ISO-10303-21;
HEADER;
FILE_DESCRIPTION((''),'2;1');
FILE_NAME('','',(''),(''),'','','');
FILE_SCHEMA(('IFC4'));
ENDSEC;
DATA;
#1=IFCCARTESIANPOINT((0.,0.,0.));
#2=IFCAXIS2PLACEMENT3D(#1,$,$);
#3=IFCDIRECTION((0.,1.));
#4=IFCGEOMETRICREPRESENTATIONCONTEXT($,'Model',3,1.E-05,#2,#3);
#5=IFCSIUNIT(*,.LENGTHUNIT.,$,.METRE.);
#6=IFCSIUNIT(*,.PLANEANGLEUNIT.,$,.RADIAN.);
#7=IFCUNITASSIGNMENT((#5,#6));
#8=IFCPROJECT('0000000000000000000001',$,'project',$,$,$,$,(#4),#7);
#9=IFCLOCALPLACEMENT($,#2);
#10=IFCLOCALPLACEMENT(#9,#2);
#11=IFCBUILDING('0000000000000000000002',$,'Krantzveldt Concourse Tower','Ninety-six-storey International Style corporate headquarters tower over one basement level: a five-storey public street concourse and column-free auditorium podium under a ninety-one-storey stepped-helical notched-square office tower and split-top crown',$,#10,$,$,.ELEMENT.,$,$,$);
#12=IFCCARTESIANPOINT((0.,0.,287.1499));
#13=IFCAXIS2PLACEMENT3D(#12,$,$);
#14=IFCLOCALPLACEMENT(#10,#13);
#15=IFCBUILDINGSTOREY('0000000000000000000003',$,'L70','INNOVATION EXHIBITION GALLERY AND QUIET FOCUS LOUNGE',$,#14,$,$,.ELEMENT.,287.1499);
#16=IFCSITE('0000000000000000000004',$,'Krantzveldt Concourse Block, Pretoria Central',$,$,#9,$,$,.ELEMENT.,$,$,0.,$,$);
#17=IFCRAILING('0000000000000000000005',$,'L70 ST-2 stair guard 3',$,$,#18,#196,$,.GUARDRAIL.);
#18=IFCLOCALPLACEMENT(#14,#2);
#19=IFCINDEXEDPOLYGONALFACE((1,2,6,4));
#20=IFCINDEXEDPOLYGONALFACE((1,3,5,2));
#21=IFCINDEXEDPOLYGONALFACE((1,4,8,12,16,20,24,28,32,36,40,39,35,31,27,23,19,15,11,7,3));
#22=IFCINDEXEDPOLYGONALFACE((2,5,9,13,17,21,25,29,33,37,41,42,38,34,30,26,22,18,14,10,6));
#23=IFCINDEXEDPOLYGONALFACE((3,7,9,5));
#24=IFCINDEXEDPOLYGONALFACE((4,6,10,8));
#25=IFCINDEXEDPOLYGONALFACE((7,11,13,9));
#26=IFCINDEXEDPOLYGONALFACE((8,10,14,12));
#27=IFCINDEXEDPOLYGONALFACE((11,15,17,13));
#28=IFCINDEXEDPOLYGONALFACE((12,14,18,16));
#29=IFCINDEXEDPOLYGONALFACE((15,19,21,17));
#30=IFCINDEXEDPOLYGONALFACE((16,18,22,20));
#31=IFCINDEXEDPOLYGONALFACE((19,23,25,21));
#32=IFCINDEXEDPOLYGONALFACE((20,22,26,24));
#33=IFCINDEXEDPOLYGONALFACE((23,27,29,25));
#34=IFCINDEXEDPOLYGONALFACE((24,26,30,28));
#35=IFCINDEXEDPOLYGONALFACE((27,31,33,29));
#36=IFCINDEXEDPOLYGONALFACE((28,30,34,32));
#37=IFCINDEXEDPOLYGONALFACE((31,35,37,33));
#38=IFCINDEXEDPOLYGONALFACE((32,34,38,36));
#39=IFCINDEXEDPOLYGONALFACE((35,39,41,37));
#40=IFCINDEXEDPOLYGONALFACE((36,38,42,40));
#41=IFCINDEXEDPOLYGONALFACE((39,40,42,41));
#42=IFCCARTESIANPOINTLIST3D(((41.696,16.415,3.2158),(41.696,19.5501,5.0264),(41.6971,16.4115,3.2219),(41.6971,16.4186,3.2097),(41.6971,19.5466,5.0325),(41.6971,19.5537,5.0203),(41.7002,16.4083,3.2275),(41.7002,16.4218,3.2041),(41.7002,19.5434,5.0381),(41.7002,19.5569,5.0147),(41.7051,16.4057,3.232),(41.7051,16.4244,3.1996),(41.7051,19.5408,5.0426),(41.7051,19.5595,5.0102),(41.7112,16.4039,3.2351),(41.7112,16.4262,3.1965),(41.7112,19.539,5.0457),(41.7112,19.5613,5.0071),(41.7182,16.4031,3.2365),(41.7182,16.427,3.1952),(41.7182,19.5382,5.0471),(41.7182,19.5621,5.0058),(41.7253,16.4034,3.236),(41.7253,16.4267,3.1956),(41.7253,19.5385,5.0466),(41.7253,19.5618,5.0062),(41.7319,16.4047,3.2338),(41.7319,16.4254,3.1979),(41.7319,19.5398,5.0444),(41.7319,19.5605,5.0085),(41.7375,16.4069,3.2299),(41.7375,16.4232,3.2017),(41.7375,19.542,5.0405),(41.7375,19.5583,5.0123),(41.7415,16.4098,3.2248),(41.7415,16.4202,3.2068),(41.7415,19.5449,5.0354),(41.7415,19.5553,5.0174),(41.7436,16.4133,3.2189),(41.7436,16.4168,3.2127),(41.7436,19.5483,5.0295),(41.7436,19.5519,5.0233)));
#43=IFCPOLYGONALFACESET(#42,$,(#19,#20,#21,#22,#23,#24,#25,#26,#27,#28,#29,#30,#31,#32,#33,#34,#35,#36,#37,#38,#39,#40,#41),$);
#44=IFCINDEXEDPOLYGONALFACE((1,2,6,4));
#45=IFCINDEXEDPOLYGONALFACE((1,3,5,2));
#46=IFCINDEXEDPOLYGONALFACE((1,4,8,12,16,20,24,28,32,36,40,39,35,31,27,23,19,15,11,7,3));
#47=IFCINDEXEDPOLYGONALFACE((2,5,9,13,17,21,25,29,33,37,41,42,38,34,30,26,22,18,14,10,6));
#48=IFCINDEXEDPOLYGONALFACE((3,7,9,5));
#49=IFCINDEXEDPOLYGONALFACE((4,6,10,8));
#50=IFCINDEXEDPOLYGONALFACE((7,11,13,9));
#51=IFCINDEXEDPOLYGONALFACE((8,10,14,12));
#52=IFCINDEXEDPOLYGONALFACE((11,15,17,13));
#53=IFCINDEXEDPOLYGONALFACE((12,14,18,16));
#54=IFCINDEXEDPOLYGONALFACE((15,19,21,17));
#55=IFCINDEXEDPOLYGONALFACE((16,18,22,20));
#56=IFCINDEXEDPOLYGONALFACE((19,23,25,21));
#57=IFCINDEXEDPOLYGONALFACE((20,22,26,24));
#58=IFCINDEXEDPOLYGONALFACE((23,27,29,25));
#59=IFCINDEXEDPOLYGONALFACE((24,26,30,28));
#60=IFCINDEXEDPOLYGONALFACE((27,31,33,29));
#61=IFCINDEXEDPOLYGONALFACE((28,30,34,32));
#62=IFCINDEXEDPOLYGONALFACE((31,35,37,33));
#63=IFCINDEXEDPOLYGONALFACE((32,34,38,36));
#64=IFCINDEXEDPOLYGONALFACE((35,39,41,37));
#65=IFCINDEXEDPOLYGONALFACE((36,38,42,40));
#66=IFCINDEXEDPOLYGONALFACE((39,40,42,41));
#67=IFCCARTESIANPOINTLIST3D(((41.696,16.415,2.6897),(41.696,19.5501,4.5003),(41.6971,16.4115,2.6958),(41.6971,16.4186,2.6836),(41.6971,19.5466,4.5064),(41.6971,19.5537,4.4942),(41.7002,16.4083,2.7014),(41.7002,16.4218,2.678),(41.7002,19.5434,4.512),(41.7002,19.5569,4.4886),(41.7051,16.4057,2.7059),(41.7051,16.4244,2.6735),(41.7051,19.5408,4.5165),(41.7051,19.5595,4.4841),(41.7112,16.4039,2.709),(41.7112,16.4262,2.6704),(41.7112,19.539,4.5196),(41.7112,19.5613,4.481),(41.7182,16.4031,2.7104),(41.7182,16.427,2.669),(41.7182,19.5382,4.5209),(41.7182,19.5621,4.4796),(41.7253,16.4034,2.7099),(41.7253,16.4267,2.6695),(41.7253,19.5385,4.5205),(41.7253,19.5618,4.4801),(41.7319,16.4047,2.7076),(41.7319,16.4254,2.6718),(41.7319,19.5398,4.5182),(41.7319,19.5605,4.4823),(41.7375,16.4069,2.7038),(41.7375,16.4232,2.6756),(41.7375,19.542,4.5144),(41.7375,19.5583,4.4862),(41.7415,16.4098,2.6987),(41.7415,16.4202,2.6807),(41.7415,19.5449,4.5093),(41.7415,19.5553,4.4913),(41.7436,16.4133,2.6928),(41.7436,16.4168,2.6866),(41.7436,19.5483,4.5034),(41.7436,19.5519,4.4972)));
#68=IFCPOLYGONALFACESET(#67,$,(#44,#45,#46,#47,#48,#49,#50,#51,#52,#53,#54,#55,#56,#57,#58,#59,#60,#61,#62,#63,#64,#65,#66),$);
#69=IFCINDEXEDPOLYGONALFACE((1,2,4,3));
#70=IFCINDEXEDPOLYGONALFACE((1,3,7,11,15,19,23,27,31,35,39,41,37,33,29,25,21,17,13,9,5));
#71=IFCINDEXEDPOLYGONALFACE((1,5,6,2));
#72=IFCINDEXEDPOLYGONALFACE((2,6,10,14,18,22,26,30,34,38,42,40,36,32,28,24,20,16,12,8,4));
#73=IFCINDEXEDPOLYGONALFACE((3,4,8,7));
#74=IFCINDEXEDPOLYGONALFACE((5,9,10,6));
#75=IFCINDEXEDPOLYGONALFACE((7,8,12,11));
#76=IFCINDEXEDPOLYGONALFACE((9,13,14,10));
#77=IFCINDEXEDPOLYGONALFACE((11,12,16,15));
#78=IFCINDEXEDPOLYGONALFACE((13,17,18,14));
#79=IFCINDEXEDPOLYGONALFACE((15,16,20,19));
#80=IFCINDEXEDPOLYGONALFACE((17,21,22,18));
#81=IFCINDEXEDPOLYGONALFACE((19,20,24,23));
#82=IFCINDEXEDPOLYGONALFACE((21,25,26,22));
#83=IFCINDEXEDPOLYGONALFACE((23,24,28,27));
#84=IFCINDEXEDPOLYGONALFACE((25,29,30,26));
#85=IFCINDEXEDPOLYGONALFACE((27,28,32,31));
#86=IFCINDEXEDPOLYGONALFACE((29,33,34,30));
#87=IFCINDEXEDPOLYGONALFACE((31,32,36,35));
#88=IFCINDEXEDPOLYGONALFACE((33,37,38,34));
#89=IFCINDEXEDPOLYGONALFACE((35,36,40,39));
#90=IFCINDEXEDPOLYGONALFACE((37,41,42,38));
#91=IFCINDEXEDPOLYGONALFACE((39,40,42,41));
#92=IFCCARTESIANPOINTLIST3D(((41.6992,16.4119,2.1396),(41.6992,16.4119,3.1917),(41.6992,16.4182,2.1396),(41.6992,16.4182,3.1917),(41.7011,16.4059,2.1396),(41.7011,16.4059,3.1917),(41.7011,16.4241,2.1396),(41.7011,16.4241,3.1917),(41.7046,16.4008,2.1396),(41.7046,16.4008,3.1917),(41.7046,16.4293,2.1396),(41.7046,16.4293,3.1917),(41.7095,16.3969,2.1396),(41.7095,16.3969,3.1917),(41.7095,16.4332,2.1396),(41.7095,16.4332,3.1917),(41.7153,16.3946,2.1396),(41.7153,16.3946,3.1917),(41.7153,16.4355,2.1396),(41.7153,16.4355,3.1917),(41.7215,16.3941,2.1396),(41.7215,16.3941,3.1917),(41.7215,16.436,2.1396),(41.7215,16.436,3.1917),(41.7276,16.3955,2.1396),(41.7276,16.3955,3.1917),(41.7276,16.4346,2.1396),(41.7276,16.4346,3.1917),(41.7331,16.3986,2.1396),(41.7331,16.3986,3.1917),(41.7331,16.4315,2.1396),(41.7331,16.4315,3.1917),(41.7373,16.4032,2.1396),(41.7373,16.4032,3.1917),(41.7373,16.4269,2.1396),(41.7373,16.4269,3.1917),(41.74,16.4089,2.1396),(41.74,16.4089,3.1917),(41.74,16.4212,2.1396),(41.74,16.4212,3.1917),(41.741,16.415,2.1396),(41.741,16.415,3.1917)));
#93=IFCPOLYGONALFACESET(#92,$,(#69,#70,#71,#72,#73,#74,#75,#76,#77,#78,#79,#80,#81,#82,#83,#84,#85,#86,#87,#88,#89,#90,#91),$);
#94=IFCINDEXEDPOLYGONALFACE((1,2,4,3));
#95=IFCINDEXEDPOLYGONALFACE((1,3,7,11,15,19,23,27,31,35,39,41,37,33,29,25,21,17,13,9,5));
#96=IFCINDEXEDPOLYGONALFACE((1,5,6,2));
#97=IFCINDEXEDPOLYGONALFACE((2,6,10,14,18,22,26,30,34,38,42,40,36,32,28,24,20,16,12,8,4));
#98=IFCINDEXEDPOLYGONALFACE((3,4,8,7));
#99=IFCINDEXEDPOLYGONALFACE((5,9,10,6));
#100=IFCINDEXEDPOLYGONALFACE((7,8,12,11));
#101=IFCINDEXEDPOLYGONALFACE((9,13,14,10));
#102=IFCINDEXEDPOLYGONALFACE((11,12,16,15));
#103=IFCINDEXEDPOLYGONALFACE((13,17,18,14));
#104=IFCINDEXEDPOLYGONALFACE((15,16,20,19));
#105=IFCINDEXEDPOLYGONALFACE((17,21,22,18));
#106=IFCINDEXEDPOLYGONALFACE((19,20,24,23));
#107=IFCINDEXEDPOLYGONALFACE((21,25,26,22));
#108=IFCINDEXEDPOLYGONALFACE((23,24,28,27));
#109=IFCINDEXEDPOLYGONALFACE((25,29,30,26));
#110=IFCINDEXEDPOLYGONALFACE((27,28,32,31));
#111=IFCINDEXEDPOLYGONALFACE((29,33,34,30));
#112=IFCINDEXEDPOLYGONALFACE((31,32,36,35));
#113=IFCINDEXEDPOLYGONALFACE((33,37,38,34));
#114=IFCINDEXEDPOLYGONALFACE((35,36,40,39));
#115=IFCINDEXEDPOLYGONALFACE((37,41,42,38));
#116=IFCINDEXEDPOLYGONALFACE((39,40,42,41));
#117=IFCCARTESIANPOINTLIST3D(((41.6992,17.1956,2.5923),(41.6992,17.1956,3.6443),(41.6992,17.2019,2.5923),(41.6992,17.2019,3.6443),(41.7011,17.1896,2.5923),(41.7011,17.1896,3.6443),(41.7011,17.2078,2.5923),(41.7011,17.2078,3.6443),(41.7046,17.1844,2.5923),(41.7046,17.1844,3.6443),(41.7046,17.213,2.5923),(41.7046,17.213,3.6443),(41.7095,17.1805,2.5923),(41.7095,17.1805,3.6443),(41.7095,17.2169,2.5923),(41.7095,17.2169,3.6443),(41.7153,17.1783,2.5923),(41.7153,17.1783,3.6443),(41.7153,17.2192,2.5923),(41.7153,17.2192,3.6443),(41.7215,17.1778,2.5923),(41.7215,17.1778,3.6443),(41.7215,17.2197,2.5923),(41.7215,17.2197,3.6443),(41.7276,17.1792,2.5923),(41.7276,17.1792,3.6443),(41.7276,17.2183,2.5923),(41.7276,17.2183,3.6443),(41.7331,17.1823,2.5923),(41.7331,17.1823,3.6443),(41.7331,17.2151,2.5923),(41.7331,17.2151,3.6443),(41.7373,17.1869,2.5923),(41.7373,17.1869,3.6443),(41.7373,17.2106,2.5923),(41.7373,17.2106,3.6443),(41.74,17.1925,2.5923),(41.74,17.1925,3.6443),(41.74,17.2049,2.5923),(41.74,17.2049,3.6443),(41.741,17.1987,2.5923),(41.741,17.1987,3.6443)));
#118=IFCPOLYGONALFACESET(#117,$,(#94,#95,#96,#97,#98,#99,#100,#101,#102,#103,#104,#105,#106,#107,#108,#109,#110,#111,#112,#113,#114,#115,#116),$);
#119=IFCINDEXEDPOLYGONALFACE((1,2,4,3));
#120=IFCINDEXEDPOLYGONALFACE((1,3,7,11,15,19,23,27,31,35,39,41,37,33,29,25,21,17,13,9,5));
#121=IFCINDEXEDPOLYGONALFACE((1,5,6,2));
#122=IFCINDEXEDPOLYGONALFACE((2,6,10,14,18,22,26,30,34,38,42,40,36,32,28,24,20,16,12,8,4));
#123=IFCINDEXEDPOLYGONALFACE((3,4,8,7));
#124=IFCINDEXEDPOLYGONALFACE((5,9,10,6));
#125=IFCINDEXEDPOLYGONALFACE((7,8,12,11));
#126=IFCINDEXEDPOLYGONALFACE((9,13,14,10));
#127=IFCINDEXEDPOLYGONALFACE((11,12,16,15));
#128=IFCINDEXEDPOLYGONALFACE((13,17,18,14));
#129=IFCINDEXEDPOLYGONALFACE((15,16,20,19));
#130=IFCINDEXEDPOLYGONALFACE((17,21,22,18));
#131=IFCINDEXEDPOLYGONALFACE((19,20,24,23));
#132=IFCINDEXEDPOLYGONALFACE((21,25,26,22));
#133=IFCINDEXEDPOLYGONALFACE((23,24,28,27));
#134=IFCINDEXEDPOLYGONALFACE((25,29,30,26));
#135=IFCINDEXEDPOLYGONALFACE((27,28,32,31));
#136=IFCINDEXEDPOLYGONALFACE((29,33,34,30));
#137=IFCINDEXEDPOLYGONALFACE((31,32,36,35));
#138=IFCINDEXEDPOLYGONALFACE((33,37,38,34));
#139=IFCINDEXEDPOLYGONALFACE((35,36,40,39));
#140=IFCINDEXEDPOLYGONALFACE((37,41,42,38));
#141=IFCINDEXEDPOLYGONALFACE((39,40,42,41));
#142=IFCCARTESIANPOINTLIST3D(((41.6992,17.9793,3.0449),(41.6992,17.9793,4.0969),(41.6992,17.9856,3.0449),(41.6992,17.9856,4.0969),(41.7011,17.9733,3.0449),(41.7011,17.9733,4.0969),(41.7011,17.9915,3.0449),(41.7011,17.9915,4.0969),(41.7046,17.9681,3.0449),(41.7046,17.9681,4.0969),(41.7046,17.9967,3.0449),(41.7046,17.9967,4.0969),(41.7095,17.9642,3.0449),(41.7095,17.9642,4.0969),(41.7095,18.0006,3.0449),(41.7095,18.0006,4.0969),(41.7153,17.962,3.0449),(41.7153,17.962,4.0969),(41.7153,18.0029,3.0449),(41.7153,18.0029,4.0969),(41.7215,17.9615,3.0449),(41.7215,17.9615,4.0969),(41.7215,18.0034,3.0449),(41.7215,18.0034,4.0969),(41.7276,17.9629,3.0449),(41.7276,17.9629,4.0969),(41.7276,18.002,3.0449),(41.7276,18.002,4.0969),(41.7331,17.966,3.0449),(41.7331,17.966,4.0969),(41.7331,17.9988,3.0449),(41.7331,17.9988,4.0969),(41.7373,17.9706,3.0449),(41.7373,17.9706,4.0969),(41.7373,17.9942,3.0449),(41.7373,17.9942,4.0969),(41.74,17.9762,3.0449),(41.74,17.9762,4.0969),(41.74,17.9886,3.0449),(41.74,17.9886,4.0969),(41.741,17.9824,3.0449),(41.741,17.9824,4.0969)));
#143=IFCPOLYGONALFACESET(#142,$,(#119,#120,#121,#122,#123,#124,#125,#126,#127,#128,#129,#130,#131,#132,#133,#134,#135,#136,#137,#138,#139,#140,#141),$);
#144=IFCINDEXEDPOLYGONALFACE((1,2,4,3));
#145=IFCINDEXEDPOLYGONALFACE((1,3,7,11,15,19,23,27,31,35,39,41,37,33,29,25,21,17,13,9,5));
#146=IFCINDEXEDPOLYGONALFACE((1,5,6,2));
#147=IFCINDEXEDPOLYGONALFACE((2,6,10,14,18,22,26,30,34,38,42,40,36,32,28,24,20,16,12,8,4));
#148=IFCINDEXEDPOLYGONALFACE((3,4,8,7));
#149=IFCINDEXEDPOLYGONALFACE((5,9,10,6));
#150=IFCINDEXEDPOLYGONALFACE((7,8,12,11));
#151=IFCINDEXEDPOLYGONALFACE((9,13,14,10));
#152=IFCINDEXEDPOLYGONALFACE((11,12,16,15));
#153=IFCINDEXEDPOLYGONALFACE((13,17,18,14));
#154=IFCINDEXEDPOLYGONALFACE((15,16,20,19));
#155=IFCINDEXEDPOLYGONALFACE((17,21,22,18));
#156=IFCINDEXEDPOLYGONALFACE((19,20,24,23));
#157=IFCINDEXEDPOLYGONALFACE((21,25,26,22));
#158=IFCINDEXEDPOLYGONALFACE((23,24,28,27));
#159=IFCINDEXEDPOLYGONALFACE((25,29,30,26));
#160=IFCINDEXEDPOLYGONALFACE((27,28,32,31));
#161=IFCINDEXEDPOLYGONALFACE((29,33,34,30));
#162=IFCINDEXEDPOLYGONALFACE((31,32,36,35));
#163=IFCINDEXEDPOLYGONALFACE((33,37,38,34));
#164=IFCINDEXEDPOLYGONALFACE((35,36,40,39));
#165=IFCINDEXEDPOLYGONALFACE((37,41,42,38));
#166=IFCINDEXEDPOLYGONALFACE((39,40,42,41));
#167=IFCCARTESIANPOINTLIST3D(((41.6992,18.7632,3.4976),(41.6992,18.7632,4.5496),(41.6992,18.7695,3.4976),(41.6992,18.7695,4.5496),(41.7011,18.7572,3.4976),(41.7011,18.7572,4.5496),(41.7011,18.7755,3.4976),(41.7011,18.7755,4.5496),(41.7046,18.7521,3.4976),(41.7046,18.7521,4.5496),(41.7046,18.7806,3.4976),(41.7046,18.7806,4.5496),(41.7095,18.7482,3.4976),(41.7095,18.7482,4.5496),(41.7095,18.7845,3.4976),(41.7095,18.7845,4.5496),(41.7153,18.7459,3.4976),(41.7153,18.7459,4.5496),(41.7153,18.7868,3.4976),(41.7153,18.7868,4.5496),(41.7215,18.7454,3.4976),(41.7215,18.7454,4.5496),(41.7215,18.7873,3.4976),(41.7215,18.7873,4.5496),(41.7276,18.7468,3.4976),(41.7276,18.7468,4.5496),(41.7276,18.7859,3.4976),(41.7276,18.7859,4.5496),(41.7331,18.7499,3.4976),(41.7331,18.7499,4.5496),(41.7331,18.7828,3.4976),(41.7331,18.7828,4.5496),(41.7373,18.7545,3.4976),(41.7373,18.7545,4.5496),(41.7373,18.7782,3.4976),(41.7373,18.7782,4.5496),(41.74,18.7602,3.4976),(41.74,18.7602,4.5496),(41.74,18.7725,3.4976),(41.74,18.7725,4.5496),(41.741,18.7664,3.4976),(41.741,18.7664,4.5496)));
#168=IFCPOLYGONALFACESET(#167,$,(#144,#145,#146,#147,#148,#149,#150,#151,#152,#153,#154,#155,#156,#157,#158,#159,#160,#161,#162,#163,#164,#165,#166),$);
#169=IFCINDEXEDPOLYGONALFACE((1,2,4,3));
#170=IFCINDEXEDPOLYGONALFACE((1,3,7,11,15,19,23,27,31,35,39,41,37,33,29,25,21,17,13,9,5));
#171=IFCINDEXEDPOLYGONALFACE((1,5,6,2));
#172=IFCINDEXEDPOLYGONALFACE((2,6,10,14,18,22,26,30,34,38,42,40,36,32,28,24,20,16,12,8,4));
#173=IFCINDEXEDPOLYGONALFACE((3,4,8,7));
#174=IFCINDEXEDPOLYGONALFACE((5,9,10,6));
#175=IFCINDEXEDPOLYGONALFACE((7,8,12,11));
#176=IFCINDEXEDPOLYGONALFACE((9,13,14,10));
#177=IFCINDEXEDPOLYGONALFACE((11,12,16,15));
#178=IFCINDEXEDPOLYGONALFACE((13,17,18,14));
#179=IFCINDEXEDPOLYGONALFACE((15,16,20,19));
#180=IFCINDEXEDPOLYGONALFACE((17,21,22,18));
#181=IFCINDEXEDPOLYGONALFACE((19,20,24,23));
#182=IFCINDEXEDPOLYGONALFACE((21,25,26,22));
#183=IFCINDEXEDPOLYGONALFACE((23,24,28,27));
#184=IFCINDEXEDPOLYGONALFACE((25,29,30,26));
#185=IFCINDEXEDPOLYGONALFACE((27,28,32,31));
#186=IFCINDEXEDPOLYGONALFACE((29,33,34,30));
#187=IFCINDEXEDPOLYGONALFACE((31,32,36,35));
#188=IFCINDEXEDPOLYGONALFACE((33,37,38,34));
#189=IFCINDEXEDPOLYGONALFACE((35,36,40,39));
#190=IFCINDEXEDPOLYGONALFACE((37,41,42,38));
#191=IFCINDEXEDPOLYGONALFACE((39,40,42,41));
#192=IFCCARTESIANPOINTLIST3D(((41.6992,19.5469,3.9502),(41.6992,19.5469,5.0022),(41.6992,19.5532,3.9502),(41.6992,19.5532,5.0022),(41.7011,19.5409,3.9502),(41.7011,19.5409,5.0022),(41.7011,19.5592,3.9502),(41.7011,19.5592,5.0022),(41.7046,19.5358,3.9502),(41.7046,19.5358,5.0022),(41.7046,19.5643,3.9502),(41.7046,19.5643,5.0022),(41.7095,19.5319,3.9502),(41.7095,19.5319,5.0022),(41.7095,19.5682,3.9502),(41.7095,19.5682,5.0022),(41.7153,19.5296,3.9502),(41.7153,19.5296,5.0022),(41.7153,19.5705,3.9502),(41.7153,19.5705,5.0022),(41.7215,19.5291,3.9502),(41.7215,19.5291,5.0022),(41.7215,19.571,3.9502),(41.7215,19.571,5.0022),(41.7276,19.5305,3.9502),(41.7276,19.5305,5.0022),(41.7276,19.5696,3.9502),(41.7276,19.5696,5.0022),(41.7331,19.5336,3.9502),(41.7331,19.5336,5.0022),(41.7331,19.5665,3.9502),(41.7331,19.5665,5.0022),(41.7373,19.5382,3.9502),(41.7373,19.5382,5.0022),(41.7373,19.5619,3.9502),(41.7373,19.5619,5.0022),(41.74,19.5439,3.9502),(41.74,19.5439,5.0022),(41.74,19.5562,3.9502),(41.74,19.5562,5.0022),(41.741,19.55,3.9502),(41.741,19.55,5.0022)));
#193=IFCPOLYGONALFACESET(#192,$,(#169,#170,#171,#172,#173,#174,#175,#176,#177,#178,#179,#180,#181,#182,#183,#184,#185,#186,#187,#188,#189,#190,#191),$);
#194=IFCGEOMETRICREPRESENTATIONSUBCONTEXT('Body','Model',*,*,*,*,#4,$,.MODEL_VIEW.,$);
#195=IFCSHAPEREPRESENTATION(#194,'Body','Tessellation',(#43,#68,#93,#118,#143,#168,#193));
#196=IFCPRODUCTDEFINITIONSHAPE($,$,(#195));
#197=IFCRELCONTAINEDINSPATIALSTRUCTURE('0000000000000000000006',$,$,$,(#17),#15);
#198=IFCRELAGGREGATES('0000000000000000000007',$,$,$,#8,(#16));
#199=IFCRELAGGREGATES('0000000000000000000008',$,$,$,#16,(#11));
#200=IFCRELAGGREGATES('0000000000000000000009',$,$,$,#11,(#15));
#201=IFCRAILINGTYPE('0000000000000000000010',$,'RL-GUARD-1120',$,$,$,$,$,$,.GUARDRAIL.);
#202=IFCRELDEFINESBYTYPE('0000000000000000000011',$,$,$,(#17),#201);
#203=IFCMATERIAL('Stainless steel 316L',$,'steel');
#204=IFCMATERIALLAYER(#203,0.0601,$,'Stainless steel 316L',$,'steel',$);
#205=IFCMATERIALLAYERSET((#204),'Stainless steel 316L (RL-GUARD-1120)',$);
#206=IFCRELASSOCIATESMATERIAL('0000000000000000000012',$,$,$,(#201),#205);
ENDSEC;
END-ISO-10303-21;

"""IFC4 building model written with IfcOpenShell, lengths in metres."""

from ifc_helpers import new_model, si_unit, direction, frame, origin, origin_2d, place, context, subcontext, project, spatial, circle, extrude, material, layer, layer_set, type_object, element, save


model = new_model("IFC4")

# Units and contexts
model_context = context("Model", 3, precision=1e-05, world=origin(), true_north=direction((0.0, 1.0)))
body_context = subcontext(model_context, "Body", "Model", "MODEL_VIEW")
ifc_project = project(units=[si_unit("LENGTHUNIT", "METRE"), si_unit("PLANEANGLEUNIT", "RADIAN")], contexts=[model_context])

# Site, building, storey
site_placement = place(None, origin())
site = spatial("IfcSite", under=ifc_project, at=site_placement, Name="Krantzveldt Concourse Block, Pretoria Central", CompositionType="ELEMENT", RefElevation=0.0)
building_placement = place(site_placement, origin())
building = spatial("IfcBuilding", under=site, at=building_placement, Name="Krantzveldt Concourse Tower", Description="Ninety-six-storey International Style corporate headquarters tower over one basement level: a five-storey public street concourse and column-free auditorium podium under a ninety-one-storey stepped-helical notched-square office tower and split-top crown", CompositionType="ELEMENT")
storey_placement = place(building_placement, frame((0.0, 0.0, 287.1499)))
storey = spatial("IfcBuildingStorey", under=building, at=storey_placement, Name="L70", Description="INNOVATION EXHIBITION GALLERY AND QUIET FOCUS LOUNGE", CompositionType="ELEMENT", Elevation=287.1499)

# Railing
ifc_material_1 = material(Name="Stainless steel 316L", Category="steel")
ifc_layer_1 = layer(ifc_material_1, 0.0601, Name="Stainless steel 316L", Category="steel")
ifc_layer_set_1 = layer_set([ifc_layer_1], Name="Stainless steel 316L (RL-GUARD-1120)")
railing_type_1 = type_object("IfcRailingType", Name="RL-GUARD-1120", PredefinedType="GUARDRAIL", material=ifc_layer_set_1)
railing_1_placement = place(storey_placement, frame((41.72, 16.415, 2.1396)))
element("IfcRailing", 1, at=railing_1_placement, inside=storey, type_object=railing_type_1, Name="L70 ST-2 stair guard 3", PredefinedType="GUARDRAIL", context=body_context, shape_type="SweptSolid", body=[
    extrude(circle(Radius=0.0239, at=origin_2d()), frame((0.0, 0.0, 1.0762), z_axis=(0.0, 0.86596, 0.500114), x_axis=(-1.0, 0.0, 0.0)), (0.0, 0.0, 1.0), 3.6204),
    extrude(circle(Radius=0.0239, at=origin_2d()), frame((0.0, 0.0, 0.55), z_axis=(0.0, 0.86596, 0.500114), x_axis=(-1.0, 0.0, 0.0)), (0.0, 0.0, 1.0), 3.6204),
    extrude(circle(Radius=0.021, at=origin_2d()), origin(), (0.0, 0.0, 1.0), 1.052),
    extrude(circle(Radius=0.021, at=origin_2d()), frame((0.0, 0.7837, 0.4526)), (0.0, 0.0, 1.0), 1.052),
    extrude(circle(Radius=0.021, at=origin_2d()), frame((0.0, 1.5674, 0.9053)), (0.0, 0.0, 1.0), 1.052),
    extrude(circle(Radius=0.021, at=origin_2d()), frame((0.0, 2.3513, 1.3579)), (0.0, 0.0, 1.0), 1.052),
    extrude(circle(Radius=0.021, at=origin_2d()), frame((0.0, 3.135, 1.8105)), (0.0, 0.0, 1.0), 1.052),
])

save(model, "model.ifc")
